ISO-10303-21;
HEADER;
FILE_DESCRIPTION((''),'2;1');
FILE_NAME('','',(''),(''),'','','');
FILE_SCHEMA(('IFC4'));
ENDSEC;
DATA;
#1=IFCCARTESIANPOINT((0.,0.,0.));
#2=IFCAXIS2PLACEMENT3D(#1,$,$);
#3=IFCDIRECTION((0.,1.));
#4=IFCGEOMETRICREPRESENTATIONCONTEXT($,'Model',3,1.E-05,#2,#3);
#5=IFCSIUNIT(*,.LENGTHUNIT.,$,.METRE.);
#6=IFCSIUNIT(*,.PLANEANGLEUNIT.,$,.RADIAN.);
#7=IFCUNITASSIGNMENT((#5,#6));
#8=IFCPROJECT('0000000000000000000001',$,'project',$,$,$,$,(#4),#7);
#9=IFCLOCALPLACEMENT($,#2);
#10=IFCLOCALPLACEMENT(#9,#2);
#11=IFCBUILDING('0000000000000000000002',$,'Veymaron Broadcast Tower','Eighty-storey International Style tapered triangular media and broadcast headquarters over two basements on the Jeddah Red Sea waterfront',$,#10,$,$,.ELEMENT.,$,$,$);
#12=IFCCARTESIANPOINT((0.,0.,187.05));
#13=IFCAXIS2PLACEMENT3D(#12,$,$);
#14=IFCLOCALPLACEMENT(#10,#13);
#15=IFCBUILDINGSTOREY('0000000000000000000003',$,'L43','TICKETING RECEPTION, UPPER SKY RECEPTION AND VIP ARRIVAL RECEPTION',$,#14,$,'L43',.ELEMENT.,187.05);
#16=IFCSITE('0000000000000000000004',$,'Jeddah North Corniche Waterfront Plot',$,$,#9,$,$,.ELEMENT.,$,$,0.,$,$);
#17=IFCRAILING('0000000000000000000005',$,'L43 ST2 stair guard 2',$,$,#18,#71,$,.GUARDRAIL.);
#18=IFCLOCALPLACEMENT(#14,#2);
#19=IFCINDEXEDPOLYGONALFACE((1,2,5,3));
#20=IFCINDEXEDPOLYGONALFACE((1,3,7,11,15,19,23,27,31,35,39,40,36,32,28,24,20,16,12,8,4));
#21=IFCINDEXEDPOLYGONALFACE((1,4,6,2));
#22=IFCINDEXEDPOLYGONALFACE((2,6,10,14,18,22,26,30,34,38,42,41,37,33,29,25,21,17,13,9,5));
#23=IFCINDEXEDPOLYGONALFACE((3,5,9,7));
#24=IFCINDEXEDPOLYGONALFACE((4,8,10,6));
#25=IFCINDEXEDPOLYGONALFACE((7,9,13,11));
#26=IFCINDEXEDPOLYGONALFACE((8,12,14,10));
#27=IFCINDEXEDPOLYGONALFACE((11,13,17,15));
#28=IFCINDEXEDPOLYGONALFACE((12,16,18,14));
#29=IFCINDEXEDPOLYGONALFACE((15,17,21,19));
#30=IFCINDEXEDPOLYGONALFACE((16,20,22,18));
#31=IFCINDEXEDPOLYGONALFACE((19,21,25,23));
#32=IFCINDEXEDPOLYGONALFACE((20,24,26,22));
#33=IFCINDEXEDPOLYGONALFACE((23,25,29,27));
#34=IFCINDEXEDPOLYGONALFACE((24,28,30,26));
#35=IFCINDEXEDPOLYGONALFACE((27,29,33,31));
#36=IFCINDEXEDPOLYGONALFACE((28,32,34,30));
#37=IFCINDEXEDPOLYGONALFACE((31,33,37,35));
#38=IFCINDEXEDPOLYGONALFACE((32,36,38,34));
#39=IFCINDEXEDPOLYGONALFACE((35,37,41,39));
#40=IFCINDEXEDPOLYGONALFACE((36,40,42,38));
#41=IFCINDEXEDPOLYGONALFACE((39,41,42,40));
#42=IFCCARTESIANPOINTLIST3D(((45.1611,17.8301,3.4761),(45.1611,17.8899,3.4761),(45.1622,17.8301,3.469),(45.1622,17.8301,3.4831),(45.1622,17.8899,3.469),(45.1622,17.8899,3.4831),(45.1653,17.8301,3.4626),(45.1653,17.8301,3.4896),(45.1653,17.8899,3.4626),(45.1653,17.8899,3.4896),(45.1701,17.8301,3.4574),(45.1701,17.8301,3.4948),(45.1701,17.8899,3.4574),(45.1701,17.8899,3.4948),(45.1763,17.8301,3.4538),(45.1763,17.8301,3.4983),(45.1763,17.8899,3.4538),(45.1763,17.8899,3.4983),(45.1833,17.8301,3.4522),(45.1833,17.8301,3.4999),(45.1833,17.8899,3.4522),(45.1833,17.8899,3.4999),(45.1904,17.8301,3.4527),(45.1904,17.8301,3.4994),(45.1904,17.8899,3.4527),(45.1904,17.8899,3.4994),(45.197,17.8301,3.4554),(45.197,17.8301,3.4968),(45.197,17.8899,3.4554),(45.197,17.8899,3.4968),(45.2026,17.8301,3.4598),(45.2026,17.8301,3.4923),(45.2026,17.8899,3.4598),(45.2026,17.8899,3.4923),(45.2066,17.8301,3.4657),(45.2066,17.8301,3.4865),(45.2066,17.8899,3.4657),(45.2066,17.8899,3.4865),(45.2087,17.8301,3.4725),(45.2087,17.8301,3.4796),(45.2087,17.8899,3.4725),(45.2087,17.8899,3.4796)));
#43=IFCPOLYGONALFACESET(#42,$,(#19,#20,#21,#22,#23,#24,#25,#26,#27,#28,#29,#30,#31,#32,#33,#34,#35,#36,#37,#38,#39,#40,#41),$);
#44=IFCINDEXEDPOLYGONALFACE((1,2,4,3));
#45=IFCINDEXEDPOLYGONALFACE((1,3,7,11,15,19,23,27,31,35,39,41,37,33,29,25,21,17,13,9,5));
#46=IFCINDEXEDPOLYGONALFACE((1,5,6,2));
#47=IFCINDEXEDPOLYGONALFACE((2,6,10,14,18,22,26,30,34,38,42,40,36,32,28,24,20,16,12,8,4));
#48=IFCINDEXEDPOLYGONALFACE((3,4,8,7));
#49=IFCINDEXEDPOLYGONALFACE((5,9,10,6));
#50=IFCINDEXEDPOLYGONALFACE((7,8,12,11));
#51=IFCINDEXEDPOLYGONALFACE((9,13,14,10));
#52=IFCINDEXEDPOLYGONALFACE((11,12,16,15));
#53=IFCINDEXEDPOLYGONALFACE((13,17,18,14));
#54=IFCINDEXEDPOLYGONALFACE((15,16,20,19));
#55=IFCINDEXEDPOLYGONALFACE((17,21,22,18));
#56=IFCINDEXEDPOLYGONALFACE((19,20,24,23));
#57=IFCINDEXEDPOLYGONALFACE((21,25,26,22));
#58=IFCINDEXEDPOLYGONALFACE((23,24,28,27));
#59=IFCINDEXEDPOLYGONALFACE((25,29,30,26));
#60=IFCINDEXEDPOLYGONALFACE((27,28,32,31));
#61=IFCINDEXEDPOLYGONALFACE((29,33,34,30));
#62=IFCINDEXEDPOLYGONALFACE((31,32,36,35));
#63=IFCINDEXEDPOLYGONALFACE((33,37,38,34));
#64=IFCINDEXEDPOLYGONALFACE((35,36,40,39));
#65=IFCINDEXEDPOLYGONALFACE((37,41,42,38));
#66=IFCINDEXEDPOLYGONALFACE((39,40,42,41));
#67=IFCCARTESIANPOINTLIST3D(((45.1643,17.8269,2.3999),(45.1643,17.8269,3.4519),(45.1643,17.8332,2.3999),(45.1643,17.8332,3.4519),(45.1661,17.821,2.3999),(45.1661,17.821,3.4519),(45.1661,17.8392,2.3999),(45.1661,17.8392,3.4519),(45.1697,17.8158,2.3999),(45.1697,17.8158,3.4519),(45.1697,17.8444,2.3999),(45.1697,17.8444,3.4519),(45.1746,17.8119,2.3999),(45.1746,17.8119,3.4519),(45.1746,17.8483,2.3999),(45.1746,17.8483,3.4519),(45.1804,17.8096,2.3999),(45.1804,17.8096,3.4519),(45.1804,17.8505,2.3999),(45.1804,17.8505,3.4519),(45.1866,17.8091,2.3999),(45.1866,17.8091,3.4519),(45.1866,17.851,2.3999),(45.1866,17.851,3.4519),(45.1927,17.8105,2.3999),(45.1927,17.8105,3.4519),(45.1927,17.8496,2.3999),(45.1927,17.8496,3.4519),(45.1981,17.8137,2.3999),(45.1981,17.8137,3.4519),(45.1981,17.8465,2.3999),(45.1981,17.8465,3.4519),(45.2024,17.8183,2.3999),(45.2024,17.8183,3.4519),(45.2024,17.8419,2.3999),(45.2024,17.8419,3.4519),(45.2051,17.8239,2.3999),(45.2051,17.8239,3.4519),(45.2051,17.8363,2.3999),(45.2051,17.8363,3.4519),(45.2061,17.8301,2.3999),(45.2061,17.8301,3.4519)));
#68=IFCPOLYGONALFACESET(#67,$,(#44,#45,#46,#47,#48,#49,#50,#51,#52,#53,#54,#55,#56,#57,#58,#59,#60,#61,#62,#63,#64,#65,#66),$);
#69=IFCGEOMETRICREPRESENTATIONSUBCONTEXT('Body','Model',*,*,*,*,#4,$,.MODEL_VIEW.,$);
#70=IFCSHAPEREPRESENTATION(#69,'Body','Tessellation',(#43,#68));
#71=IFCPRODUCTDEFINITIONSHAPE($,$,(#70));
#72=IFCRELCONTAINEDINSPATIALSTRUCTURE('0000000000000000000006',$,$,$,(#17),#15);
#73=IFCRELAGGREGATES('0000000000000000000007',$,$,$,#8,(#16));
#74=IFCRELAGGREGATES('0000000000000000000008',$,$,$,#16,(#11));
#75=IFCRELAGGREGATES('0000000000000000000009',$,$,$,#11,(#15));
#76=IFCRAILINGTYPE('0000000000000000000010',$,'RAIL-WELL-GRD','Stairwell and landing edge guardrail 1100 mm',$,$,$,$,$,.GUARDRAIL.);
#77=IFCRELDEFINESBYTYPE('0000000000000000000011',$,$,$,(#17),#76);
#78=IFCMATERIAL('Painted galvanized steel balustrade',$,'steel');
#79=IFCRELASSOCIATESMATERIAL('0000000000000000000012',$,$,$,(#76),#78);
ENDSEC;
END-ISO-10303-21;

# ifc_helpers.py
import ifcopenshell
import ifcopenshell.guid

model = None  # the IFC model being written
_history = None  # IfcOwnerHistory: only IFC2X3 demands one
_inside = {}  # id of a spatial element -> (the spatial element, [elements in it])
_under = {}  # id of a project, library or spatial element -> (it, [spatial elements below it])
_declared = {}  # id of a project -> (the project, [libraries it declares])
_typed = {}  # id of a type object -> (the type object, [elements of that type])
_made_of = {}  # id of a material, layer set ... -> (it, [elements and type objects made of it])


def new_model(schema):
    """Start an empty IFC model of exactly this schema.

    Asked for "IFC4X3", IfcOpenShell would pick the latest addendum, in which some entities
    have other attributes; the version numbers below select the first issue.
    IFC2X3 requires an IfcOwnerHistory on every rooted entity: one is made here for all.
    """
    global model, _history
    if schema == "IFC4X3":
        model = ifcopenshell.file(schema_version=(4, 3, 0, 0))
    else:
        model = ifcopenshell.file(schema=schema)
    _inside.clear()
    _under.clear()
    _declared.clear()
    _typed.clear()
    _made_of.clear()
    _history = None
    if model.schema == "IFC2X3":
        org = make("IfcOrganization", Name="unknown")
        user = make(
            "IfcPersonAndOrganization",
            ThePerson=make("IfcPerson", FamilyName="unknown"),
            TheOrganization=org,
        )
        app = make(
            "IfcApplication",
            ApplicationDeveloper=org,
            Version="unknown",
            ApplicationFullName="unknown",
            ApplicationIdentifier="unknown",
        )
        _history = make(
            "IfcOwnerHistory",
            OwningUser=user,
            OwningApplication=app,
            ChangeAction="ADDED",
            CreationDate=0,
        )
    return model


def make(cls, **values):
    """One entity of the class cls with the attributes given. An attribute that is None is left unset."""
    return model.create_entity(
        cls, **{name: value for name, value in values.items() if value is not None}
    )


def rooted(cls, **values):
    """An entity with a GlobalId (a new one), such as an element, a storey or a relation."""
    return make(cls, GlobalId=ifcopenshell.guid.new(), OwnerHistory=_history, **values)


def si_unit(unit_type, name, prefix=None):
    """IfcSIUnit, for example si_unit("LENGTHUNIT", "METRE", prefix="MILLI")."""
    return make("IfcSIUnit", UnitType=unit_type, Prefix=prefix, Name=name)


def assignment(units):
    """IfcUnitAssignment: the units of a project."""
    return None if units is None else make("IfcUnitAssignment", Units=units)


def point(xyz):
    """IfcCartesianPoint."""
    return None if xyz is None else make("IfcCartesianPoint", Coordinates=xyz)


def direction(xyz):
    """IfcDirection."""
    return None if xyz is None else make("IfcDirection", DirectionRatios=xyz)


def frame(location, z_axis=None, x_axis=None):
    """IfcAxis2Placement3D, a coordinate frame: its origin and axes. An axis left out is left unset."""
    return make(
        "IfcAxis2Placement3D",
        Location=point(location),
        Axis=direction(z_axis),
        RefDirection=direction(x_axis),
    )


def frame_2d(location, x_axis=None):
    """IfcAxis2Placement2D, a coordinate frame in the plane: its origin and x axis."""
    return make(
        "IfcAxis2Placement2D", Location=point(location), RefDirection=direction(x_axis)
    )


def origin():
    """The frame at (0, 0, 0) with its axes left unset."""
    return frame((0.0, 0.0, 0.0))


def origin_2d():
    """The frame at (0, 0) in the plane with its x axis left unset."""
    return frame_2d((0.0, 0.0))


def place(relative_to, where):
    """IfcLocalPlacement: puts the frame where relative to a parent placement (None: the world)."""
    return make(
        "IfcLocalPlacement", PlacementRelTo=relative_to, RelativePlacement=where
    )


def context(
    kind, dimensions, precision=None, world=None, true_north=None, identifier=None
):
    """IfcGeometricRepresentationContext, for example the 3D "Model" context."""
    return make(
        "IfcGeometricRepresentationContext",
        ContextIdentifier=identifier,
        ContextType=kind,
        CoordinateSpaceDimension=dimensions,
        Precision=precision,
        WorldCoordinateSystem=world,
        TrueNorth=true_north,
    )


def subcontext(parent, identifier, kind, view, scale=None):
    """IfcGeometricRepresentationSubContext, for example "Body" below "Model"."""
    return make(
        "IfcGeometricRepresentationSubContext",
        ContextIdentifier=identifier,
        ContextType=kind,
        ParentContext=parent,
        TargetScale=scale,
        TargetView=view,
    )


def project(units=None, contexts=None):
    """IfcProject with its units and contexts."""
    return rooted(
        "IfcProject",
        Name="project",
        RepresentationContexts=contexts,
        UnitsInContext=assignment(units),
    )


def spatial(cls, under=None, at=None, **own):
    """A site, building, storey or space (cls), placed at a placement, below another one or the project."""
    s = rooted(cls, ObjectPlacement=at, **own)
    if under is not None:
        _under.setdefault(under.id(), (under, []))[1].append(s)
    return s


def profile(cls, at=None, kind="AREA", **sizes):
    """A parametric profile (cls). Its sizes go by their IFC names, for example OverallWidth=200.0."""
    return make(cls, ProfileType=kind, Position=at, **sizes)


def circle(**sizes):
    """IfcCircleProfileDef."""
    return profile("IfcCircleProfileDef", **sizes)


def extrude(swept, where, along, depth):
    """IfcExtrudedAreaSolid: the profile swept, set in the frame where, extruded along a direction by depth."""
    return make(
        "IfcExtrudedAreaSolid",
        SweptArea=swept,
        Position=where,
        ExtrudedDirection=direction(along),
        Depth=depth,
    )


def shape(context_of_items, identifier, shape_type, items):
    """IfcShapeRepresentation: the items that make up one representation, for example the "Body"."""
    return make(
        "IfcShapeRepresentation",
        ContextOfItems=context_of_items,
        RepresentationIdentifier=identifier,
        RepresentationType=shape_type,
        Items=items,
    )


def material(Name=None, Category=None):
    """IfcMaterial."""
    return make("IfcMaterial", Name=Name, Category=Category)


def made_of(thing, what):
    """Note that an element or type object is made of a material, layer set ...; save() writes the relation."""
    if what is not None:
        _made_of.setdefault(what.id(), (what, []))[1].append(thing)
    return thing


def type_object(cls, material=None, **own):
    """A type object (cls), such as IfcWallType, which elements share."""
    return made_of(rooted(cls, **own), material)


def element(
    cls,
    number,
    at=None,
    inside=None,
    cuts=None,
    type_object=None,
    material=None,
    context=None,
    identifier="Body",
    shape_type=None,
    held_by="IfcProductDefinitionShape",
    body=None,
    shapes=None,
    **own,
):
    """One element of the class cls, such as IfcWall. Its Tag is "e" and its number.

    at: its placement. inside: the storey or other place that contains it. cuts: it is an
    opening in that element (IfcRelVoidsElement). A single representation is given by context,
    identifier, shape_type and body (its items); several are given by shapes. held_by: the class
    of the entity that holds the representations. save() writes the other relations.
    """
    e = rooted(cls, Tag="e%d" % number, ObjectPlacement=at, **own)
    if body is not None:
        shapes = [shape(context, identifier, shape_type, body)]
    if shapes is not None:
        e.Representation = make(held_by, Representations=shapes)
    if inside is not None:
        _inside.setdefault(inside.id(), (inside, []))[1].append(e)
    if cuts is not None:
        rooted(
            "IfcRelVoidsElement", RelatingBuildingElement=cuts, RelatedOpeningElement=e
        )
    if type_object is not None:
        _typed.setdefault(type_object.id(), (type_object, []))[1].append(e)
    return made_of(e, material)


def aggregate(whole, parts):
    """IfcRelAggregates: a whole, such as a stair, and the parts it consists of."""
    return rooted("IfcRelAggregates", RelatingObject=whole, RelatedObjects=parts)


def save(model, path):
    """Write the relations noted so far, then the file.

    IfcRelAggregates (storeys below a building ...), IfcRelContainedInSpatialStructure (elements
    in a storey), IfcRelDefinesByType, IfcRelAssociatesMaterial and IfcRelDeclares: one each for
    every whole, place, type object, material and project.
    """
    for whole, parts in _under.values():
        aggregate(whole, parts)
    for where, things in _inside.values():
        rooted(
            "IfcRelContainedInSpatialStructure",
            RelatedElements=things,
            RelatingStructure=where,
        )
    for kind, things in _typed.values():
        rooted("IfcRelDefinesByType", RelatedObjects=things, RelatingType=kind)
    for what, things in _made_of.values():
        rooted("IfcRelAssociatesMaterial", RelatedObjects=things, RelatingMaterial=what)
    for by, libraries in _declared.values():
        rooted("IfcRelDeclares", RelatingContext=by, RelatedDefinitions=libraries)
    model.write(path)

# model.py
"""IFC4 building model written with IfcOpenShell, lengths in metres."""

from ifc_helpers import new_model, si_unit, direction, frame, origin, origin_2d, place, context, subcontext, project, spatial, circle, extrude, material, type_object, element, save


model = new_model("IFC4")

# Units and contexts
model_context = context("Model", 3, precision=1e-05, world=origin(), true_north=direction((0.0, 1.0)))
body_context = subcontext(model_context, "Body", "Model", "MODEL_VIEW")
ifc_project = project(units=[si_unit("LENGTHUNIT", "METRE"), si_unit("PLANEANGLEUNIT", "RADIAN")], contexts=[model_context])

# Site, building, storey
site_placement = place(None, origin())
site = spatial("IfcSite", under=ifc_project, at=site_placement, Name="Jeddah North Corniche Waterfront Plot", CompositionType="ELEMENT", RefElevation=0.0)
building_placement = place(site_placement, origin())
building = spatial("IfcBuilding", under=site, at=building_placement, Name="Veymaron Broadcast Tower", Description="Eighty-storey International Style tapered triangular media and broadcast headquarters over two basements on the Jeddah Red Sea waterfront", CompositionType="ELEMENT")
storey_placement = place(building_placement, frame((0.0, 0.0, 187.05)))
storey = spatial("IfcBuildingStorey", under=building, at=storey_placement, Name="L43", Description="TICKETING RECEPTION, UPPER SKY RECEPTION AND VIP ARRIVAL RECEPTION", LongName="L43", CompositionType="ELEMENT", Elevation=187.05)

# Railing
ifc_material_1 = material(Name="Painted galvanized steel balustrade", Category="steel")
railing_type_1 = type_object("IfcRailingType", Name="RAIL-WELL-GRD", Description="Stairwell and landing edge guardrail 1100 mm", PredefinedType="GUARDRAIL", material=ifc_material_1)
railing_1_placement = place(storey_placement, frame((45.1851, 17.8301, 2.3999)))
element("IfcRailing", 1, at=railing_1_placement, inside=storey, type_object=railing_type_1, Name="L43 ST2 stair guard 2", PredefinedType="GUARDRAIL", context=body_context, shape_type="SweptSolid", body=[
    extrude(circle(Radius=0.0239, at=origin_2d()), frame((0.0, 0.0, 1.0762), z_axis=(0.0, 1.0, 0.0), x_axis=(-1.0, 0.0, 0.0)), (0.0, 0.0, 1.0), 0.0598),
    extrude(circle(Radius=0.021, at=origin_2d()), origin(), (0.0, 0.0, 1.0), 1.052),
])

save(model, "model.ifc")
